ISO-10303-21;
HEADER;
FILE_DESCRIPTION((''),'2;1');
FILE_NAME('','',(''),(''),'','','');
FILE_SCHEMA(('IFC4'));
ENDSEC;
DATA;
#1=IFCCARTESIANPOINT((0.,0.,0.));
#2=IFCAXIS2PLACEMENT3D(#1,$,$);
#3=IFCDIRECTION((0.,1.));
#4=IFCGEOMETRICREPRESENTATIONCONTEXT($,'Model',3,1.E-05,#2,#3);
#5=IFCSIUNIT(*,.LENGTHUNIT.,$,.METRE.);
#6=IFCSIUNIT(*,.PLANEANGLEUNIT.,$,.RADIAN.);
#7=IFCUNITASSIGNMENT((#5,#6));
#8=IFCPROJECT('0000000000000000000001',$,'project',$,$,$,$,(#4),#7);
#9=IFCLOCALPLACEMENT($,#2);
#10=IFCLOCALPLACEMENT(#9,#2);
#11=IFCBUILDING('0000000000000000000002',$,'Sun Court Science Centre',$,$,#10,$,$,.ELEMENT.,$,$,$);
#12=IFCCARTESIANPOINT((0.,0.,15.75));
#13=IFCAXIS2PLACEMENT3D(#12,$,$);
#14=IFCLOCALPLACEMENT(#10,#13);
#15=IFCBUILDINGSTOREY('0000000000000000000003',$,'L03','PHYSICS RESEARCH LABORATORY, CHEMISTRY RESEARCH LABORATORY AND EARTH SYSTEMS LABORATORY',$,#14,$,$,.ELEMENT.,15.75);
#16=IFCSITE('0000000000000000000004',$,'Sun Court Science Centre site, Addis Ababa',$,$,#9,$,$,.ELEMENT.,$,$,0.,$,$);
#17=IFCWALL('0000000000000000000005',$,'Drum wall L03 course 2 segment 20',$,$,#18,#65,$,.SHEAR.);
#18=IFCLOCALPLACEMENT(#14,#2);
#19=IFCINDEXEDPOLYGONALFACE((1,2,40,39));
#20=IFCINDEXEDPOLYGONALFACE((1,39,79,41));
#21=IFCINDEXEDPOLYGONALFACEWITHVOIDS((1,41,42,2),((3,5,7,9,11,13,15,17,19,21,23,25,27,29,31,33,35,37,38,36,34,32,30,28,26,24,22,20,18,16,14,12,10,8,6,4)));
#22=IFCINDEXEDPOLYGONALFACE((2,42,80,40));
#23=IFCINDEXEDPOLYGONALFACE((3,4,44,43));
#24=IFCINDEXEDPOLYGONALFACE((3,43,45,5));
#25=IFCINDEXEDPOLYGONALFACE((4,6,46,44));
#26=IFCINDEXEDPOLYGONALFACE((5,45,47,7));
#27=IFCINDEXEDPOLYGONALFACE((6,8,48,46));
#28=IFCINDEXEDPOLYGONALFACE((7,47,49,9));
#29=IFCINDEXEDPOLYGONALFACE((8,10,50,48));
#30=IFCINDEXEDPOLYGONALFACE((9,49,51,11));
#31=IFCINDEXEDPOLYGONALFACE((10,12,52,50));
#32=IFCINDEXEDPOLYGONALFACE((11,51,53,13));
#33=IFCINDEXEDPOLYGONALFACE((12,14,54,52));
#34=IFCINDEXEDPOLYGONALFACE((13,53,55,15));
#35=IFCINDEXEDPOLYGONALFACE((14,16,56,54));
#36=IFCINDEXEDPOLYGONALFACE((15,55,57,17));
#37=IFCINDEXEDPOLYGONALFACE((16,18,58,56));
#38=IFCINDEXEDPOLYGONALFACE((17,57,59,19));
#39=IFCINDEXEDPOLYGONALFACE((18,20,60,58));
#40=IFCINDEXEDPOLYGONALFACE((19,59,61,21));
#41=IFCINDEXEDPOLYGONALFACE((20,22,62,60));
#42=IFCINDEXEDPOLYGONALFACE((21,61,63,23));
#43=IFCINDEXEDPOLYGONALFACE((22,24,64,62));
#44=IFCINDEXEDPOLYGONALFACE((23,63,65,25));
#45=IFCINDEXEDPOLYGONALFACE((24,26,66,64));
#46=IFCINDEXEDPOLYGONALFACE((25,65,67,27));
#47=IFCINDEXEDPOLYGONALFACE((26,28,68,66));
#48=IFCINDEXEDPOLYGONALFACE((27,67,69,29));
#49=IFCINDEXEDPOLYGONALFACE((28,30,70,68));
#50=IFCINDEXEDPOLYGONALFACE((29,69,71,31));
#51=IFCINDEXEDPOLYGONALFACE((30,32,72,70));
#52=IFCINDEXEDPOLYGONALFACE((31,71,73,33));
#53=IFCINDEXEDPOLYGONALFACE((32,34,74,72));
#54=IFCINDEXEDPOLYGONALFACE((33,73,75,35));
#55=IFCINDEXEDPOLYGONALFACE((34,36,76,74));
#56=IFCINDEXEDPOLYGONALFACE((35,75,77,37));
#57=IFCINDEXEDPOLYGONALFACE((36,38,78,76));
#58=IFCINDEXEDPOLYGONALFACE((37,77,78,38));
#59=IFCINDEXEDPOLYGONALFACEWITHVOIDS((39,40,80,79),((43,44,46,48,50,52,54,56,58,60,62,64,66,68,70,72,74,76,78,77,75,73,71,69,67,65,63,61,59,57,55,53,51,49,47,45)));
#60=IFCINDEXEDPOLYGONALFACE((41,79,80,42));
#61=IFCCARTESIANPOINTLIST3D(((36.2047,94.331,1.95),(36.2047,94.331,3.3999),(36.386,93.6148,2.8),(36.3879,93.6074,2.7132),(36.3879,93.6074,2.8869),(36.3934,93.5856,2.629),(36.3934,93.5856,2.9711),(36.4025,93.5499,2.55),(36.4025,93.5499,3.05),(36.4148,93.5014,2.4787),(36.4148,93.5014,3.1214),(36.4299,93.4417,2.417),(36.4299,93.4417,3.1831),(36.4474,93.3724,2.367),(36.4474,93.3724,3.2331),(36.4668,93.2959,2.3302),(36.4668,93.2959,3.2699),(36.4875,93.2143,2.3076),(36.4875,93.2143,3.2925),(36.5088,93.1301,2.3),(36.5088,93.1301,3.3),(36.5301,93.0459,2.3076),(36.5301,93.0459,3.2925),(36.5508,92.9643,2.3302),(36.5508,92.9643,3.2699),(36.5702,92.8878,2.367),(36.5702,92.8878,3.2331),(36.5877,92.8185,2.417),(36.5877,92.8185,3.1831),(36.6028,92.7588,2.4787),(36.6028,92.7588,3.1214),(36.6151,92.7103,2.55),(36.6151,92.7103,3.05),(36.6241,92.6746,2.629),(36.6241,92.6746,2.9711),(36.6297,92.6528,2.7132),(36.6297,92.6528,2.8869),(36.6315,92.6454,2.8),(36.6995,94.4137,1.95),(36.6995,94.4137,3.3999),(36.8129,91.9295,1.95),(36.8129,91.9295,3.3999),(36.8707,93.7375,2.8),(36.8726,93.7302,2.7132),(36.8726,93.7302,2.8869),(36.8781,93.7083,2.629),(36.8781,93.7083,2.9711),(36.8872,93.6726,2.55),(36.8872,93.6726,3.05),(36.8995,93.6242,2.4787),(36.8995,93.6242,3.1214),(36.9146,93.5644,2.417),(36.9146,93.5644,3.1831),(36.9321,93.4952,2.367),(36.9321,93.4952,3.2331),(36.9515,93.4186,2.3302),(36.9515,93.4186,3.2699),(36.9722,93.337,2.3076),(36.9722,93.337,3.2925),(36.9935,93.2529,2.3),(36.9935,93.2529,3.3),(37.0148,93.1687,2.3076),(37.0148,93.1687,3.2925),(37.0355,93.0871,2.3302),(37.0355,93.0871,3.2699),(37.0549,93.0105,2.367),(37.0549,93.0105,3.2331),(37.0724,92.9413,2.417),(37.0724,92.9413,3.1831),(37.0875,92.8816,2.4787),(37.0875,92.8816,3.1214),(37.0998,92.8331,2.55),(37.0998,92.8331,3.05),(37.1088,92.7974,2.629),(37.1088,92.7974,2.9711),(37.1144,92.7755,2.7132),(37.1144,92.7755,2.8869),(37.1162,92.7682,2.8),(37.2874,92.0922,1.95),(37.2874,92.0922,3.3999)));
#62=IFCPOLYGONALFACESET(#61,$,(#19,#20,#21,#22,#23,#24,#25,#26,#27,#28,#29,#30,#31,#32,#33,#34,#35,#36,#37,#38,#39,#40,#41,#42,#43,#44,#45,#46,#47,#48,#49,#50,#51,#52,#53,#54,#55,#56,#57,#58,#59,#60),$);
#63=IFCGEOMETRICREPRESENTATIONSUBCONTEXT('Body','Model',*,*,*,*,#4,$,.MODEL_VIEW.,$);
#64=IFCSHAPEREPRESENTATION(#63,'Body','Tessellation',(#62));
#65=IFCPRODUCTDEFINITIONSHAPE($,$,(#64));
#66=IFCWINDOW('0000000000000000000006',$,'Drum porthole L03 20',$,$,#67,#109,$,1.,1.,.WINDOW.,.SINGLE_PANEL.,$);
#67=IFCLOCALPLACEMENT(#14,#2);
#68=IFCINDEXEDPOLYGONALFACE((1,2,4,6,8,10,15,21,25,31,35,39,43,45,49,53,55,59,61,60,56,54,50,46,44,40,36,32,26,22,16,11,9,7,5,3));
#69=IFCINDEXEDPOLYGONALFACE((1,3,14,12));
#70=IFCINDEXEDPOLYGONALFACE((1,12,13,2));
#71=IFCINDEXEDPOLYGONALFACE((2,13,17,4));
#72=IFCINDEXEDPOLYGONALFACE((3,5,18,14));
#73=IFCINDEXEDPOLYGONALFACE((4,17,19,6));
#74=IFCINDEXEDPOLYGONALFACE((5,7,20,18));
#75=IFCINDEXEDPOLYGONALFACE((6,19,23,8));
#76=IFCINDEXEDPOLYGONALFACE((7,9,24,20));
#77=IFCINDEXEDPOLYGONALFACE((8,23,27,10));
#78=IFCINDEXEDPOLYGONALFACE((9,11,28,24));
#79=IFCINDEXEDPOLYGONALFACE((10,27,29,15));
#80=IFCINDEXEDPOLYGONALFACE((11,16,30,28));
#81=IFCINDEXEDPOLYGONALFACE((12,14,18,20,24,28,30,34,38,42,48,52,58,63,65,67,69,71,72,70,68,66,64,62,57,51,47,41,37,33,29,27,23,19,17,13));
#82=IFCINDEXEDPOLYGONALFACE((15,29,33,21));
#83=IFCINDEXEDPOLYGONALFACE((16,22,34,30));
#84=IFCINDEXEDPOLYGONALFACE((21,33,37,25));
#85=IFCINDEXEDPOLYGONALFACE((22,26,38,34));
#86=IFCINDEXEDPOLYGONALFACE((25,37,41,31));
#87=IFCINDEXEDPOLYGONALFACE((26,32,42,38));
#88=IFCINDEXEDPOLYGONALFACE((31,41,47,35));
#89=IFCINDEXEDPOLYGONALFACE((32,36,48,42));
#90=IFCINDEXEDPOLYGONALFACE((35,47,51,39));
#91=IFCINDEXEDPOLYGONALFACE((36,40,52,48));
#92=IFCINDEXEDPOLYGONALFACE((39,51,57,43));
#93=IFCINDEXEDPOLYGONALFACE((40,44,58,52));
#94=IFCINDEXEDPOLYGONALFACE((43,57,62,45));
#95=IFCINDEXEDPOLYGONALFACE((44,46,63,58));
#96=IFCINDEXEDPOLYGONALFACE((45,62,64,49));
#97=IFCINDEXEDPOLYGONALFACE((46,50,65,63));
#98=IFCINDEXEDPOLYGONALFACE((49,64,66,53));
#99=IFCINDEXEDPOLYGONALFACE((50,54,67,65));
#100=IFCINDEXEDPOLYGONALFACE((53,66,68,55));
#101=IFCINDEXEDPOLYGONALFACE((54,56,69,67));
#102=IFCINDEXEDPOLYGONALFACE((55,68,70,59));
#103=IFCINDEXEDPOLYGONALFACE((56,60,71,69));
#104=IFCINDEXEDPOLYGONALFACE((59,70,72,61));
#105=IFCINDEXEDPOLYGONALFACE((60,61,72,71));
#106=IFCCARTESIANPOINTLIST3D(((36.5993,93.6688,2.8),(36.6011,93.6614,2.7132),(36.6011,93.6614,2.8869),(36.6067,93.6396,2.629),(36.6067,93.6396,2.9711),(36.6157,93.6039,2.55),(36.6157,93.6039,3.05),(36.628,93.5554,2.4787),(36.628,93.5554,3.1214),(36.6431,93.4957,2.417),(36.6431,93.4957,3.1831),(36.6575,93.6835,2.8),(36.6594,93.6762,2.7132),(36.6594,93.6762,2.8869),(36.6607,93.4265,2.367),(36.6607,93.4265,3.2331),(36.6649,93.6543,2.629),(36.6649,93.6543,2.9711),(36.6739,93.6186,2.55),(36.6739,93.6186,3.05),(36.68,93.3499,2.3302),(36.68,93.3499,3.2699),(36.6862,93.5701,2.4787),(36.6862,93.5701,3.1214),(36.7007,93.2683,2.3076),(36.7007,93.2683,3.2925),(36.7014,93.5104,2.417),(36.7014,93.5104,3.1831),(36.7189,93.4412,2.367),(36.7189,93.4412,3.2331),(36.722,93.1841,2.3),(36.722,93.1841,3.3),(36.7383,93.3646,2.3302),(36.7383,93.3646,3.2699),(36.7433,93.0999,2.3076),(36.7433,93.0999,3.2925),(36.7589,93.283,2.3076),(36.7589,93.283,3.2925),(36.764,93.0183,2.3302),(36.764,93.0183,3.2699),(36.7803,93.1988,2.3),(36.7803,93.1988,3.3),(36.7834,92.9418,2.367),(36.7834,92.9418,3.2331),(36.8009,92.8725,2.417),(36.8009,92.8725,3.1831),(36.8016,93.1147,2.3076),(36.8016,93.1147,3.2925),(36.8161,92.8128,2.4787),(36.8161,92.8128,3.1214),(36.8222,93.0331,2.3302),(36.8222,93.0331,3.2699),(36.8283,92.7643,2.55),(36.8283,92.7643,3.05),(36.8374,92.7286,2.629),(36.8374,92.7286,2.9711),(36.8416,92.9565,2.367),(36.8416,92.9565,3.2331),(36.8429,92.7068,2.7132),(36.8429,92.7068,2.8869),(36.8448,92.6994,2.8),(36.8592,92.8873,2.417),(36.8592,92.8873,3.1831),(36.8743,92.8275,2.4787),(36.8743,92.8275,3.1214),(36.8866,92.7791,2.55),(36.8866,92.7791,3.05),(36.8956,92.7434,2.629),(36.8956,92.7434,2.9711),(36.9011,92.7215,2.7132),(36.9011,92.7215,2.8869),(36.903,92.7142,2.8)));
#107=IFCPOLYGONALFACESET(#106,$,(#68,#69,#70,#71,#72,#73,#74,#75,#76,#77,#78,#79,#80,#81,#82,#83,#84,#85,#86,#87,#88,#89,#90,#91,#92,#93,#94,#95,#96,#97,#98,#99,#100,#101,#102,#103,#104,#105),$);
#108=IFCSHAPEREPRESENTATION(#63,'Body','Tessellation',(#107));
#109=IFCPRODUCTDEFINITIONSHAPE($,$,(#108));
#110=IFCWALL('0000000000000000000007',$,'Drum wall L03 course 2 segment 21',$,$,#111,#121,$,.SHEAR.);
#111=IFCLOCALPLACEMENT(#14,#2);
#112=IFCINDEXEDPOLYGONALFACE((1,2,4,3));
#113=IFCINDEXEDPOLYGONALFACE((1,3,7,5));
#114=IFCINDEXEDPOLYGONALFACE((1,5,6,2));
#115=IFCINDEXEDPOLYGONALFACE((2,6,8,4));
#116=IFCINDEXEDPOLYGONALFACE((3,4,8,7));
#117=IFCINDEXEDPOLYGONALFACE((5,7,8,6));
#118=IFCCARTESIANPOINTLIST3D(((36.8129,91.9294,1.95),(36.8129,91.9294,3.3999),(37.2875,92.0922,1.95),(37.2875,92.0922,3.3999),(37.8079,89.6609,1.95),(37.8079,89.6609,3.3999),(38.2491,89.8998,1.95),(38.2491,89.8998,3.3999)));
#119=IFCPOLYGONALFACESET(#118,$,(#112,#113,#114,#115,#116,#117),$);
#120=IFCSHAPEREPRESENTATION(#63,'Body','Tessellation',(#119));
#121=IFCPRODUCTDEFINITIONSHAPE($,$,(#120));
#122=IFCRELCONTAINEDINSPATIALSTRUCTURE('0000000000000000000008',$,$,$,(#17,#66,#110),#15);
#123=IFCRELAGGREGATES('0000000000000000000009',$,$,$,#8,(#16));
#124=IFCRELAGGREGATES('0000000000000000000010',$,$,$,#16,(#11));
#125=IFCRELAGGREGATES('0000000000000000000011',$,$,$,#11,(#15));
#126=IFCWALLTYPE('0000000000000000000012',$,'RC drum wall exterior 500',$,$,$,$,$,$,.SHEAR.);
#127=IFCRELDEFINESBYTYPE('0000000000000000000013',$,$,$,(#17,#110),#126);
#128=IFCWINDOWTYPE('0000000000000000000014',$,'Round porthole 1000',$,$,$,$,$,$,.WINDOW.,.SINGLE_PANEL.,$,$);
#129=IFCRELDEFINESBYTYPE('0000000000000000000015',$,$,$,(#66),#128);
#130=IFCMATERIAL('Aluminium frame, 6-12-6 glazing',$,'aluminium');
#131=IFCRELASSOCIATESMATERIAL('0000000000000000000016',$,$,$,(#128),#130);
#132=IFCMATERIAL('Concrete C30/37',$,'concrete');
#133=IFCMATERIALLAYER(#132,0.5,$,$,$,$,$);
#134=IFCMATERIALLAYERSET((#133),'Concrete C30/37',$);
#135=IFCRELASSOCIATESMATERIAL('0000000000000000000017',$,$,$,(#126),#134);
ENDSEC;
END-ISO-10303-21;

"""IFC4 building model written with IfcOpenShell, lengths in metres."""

from ifc_helpers import new_model, si_unit, direction, frame, frame_2d, origin, place, context, subcontext, project, spatial, polyline, circle, outline, extrude, material, layer, layer_set, type_object, element, fill, save


model = new_model("IFC4")

# Units and contexts
model_context = context("Model", 3, precision=1e-05, world=origin(), true_north=direction((0.0, 1.0)))
body_context = subcontext(model_context, "Body", "Model", "MODEL_VIEW")
ifc_project = project(units=[si_unit("LENGTHUNIT", "METRE"), si_unit("PLANEANGLEUNIT", "RADIAN")], contexts=[model_context])

# Site, building, storey
site_placement = place(None, origin())
site = spatial("IfcSite", under=ifc_project, at=site_placement, Name="Sun Court Science Centre site, Addis Ababa", CompositionType="ELEMENT", RefElevation=0.0)
building_placement = place(site_placement, origin())
building = spatial("IfcBuilding", under=site, at=building_placement, Name="Sun Court Science Centre", CompositionType="ELEMENT")
storey_placement = place(building_placement, frame((0.0, 0.0, 15.75)))
storey = spatial("IfcBuildingStorey", under=building, at=storey_placement, Name="L03", Description="PHYSICS RESEARCH LABORATORY, CHEMISTRY RESEARCH LABORATORY AND EARTH SYSTEMS LABORATORY", CompositionType="ELEMENT", Elevation=15.75)

# Shared definitions
ifc_material_1 = material(Name="Aluminium frame, 6-12-6 glazing", Category="aluminium")
window_type = type_object("IfcWindowType", Name="Round porthole 1000", PartitioningType="SINGLE_PANEL", PredefinedType="WINDOW", material=ifc_material_1)

# Wall, opening, window
ifc_material_2 = material(Name="Concrete C30/37", Category="concrete")
ifc_layer_1 = layer(ifc_material_2, 0.5)
ifc_layer_set_1 = layer_set([ifc_layer_1], Name="Concrete C30/37")
wall_type_1 = type_object("IfcWallType", Name="RC drum wall exterior 500", PredefinedType="SHEAR", material=ifc_layer_set_1)
wall_1_placement = place(storey_placement, frame((36.447, 94.3923, 1.95), z_axis=(0.0, 0.0, 1.0), x_axis=(0.245503, -0.969396, 0.0)))
wall_1 = element("IfcWall", 1, at=wall_1_placement, inside=storey, type_object=wall_type_1, Name="Drum wall L03 course 2 segment 20", PredefinedType="SHEAR", context=body_context, shape_type="SweptSolid", body=[
    extrude(outline(polyline([(0.0, -0.25), (2.4773, -0.25), (2.436, 0.25), (0.0413, 0.25), (0.0, -0.25)])), origin(), (0.0, 0.0, 1.0), 1.45),
])
opening_1_placement = place(wall_1_placement, frame((0.7388, 0.0, 0.3501)))
opening_1 = element("IfcOpeningElement", 2, at=opening_1_placement, cuts=wall_1, PredefinedType="OPENING", context=body_context, shape_type="SweptSolid", body=[
    extrude(circle(Radius=0.5, at=frame_2d((0.5, 0.5))), frame((0.0, 0.26, 0.0), z_axis=(0.0, -1.0, 0.0), x_axis=(1.0, 0.0, 0.0)), (0.0, 0.0, 1.0), 0.52),
])
window_1_placement = place(opening_1_placement, origin())
window_1 = element("IfcWindow", 3, at=window_1_placement, inside=storey, type_object=window_type, Name="Drum porthole L03 20", OverallHeight=1.0, OverallWidth=1.0, PartitioningType="SINGLE_PANEL", PredefinedType="WINDOW", context=body_context, shape_type="SweptSolid", body=[
    extrude(circle(Radius=0.5, at=frame_2d((0.5, 0.5))), frame((0.0, 0.03, 0.0), z_axis=(0.0, -1.0, 0.0), x_axis=(1.0, 0.0, 0.0)), (0.0, 0.0, 1.0), 0.0601),
])
fill(opening_1, window_1)

# Wall
wall_2_placement = place(storey_placement, frame((37.0417, 92.03, 1.95), z_axis=(0.0, 0.0, 1.0), x_axis=(0.401672, -0.915784, 0.0)))
element("IfcWall", 4, at=wall_2_placement, inside=storey, type_object=wall_type_1, Name="Drum wall L03 course 2 segment 21", PredefinedType="SHEAR", context=body_context, shape_type="SweptSolid", body=[
    extrude(outline(polyline([(0.0002, -0.25), (2.4773, -0.25), (2.4358, 0.25), (0.0417, 0.25), (0.0002, -0.25)])), origin(), (0.0, 0.0, 1.0), 1.45),
])

save(model, "model.ifc")
